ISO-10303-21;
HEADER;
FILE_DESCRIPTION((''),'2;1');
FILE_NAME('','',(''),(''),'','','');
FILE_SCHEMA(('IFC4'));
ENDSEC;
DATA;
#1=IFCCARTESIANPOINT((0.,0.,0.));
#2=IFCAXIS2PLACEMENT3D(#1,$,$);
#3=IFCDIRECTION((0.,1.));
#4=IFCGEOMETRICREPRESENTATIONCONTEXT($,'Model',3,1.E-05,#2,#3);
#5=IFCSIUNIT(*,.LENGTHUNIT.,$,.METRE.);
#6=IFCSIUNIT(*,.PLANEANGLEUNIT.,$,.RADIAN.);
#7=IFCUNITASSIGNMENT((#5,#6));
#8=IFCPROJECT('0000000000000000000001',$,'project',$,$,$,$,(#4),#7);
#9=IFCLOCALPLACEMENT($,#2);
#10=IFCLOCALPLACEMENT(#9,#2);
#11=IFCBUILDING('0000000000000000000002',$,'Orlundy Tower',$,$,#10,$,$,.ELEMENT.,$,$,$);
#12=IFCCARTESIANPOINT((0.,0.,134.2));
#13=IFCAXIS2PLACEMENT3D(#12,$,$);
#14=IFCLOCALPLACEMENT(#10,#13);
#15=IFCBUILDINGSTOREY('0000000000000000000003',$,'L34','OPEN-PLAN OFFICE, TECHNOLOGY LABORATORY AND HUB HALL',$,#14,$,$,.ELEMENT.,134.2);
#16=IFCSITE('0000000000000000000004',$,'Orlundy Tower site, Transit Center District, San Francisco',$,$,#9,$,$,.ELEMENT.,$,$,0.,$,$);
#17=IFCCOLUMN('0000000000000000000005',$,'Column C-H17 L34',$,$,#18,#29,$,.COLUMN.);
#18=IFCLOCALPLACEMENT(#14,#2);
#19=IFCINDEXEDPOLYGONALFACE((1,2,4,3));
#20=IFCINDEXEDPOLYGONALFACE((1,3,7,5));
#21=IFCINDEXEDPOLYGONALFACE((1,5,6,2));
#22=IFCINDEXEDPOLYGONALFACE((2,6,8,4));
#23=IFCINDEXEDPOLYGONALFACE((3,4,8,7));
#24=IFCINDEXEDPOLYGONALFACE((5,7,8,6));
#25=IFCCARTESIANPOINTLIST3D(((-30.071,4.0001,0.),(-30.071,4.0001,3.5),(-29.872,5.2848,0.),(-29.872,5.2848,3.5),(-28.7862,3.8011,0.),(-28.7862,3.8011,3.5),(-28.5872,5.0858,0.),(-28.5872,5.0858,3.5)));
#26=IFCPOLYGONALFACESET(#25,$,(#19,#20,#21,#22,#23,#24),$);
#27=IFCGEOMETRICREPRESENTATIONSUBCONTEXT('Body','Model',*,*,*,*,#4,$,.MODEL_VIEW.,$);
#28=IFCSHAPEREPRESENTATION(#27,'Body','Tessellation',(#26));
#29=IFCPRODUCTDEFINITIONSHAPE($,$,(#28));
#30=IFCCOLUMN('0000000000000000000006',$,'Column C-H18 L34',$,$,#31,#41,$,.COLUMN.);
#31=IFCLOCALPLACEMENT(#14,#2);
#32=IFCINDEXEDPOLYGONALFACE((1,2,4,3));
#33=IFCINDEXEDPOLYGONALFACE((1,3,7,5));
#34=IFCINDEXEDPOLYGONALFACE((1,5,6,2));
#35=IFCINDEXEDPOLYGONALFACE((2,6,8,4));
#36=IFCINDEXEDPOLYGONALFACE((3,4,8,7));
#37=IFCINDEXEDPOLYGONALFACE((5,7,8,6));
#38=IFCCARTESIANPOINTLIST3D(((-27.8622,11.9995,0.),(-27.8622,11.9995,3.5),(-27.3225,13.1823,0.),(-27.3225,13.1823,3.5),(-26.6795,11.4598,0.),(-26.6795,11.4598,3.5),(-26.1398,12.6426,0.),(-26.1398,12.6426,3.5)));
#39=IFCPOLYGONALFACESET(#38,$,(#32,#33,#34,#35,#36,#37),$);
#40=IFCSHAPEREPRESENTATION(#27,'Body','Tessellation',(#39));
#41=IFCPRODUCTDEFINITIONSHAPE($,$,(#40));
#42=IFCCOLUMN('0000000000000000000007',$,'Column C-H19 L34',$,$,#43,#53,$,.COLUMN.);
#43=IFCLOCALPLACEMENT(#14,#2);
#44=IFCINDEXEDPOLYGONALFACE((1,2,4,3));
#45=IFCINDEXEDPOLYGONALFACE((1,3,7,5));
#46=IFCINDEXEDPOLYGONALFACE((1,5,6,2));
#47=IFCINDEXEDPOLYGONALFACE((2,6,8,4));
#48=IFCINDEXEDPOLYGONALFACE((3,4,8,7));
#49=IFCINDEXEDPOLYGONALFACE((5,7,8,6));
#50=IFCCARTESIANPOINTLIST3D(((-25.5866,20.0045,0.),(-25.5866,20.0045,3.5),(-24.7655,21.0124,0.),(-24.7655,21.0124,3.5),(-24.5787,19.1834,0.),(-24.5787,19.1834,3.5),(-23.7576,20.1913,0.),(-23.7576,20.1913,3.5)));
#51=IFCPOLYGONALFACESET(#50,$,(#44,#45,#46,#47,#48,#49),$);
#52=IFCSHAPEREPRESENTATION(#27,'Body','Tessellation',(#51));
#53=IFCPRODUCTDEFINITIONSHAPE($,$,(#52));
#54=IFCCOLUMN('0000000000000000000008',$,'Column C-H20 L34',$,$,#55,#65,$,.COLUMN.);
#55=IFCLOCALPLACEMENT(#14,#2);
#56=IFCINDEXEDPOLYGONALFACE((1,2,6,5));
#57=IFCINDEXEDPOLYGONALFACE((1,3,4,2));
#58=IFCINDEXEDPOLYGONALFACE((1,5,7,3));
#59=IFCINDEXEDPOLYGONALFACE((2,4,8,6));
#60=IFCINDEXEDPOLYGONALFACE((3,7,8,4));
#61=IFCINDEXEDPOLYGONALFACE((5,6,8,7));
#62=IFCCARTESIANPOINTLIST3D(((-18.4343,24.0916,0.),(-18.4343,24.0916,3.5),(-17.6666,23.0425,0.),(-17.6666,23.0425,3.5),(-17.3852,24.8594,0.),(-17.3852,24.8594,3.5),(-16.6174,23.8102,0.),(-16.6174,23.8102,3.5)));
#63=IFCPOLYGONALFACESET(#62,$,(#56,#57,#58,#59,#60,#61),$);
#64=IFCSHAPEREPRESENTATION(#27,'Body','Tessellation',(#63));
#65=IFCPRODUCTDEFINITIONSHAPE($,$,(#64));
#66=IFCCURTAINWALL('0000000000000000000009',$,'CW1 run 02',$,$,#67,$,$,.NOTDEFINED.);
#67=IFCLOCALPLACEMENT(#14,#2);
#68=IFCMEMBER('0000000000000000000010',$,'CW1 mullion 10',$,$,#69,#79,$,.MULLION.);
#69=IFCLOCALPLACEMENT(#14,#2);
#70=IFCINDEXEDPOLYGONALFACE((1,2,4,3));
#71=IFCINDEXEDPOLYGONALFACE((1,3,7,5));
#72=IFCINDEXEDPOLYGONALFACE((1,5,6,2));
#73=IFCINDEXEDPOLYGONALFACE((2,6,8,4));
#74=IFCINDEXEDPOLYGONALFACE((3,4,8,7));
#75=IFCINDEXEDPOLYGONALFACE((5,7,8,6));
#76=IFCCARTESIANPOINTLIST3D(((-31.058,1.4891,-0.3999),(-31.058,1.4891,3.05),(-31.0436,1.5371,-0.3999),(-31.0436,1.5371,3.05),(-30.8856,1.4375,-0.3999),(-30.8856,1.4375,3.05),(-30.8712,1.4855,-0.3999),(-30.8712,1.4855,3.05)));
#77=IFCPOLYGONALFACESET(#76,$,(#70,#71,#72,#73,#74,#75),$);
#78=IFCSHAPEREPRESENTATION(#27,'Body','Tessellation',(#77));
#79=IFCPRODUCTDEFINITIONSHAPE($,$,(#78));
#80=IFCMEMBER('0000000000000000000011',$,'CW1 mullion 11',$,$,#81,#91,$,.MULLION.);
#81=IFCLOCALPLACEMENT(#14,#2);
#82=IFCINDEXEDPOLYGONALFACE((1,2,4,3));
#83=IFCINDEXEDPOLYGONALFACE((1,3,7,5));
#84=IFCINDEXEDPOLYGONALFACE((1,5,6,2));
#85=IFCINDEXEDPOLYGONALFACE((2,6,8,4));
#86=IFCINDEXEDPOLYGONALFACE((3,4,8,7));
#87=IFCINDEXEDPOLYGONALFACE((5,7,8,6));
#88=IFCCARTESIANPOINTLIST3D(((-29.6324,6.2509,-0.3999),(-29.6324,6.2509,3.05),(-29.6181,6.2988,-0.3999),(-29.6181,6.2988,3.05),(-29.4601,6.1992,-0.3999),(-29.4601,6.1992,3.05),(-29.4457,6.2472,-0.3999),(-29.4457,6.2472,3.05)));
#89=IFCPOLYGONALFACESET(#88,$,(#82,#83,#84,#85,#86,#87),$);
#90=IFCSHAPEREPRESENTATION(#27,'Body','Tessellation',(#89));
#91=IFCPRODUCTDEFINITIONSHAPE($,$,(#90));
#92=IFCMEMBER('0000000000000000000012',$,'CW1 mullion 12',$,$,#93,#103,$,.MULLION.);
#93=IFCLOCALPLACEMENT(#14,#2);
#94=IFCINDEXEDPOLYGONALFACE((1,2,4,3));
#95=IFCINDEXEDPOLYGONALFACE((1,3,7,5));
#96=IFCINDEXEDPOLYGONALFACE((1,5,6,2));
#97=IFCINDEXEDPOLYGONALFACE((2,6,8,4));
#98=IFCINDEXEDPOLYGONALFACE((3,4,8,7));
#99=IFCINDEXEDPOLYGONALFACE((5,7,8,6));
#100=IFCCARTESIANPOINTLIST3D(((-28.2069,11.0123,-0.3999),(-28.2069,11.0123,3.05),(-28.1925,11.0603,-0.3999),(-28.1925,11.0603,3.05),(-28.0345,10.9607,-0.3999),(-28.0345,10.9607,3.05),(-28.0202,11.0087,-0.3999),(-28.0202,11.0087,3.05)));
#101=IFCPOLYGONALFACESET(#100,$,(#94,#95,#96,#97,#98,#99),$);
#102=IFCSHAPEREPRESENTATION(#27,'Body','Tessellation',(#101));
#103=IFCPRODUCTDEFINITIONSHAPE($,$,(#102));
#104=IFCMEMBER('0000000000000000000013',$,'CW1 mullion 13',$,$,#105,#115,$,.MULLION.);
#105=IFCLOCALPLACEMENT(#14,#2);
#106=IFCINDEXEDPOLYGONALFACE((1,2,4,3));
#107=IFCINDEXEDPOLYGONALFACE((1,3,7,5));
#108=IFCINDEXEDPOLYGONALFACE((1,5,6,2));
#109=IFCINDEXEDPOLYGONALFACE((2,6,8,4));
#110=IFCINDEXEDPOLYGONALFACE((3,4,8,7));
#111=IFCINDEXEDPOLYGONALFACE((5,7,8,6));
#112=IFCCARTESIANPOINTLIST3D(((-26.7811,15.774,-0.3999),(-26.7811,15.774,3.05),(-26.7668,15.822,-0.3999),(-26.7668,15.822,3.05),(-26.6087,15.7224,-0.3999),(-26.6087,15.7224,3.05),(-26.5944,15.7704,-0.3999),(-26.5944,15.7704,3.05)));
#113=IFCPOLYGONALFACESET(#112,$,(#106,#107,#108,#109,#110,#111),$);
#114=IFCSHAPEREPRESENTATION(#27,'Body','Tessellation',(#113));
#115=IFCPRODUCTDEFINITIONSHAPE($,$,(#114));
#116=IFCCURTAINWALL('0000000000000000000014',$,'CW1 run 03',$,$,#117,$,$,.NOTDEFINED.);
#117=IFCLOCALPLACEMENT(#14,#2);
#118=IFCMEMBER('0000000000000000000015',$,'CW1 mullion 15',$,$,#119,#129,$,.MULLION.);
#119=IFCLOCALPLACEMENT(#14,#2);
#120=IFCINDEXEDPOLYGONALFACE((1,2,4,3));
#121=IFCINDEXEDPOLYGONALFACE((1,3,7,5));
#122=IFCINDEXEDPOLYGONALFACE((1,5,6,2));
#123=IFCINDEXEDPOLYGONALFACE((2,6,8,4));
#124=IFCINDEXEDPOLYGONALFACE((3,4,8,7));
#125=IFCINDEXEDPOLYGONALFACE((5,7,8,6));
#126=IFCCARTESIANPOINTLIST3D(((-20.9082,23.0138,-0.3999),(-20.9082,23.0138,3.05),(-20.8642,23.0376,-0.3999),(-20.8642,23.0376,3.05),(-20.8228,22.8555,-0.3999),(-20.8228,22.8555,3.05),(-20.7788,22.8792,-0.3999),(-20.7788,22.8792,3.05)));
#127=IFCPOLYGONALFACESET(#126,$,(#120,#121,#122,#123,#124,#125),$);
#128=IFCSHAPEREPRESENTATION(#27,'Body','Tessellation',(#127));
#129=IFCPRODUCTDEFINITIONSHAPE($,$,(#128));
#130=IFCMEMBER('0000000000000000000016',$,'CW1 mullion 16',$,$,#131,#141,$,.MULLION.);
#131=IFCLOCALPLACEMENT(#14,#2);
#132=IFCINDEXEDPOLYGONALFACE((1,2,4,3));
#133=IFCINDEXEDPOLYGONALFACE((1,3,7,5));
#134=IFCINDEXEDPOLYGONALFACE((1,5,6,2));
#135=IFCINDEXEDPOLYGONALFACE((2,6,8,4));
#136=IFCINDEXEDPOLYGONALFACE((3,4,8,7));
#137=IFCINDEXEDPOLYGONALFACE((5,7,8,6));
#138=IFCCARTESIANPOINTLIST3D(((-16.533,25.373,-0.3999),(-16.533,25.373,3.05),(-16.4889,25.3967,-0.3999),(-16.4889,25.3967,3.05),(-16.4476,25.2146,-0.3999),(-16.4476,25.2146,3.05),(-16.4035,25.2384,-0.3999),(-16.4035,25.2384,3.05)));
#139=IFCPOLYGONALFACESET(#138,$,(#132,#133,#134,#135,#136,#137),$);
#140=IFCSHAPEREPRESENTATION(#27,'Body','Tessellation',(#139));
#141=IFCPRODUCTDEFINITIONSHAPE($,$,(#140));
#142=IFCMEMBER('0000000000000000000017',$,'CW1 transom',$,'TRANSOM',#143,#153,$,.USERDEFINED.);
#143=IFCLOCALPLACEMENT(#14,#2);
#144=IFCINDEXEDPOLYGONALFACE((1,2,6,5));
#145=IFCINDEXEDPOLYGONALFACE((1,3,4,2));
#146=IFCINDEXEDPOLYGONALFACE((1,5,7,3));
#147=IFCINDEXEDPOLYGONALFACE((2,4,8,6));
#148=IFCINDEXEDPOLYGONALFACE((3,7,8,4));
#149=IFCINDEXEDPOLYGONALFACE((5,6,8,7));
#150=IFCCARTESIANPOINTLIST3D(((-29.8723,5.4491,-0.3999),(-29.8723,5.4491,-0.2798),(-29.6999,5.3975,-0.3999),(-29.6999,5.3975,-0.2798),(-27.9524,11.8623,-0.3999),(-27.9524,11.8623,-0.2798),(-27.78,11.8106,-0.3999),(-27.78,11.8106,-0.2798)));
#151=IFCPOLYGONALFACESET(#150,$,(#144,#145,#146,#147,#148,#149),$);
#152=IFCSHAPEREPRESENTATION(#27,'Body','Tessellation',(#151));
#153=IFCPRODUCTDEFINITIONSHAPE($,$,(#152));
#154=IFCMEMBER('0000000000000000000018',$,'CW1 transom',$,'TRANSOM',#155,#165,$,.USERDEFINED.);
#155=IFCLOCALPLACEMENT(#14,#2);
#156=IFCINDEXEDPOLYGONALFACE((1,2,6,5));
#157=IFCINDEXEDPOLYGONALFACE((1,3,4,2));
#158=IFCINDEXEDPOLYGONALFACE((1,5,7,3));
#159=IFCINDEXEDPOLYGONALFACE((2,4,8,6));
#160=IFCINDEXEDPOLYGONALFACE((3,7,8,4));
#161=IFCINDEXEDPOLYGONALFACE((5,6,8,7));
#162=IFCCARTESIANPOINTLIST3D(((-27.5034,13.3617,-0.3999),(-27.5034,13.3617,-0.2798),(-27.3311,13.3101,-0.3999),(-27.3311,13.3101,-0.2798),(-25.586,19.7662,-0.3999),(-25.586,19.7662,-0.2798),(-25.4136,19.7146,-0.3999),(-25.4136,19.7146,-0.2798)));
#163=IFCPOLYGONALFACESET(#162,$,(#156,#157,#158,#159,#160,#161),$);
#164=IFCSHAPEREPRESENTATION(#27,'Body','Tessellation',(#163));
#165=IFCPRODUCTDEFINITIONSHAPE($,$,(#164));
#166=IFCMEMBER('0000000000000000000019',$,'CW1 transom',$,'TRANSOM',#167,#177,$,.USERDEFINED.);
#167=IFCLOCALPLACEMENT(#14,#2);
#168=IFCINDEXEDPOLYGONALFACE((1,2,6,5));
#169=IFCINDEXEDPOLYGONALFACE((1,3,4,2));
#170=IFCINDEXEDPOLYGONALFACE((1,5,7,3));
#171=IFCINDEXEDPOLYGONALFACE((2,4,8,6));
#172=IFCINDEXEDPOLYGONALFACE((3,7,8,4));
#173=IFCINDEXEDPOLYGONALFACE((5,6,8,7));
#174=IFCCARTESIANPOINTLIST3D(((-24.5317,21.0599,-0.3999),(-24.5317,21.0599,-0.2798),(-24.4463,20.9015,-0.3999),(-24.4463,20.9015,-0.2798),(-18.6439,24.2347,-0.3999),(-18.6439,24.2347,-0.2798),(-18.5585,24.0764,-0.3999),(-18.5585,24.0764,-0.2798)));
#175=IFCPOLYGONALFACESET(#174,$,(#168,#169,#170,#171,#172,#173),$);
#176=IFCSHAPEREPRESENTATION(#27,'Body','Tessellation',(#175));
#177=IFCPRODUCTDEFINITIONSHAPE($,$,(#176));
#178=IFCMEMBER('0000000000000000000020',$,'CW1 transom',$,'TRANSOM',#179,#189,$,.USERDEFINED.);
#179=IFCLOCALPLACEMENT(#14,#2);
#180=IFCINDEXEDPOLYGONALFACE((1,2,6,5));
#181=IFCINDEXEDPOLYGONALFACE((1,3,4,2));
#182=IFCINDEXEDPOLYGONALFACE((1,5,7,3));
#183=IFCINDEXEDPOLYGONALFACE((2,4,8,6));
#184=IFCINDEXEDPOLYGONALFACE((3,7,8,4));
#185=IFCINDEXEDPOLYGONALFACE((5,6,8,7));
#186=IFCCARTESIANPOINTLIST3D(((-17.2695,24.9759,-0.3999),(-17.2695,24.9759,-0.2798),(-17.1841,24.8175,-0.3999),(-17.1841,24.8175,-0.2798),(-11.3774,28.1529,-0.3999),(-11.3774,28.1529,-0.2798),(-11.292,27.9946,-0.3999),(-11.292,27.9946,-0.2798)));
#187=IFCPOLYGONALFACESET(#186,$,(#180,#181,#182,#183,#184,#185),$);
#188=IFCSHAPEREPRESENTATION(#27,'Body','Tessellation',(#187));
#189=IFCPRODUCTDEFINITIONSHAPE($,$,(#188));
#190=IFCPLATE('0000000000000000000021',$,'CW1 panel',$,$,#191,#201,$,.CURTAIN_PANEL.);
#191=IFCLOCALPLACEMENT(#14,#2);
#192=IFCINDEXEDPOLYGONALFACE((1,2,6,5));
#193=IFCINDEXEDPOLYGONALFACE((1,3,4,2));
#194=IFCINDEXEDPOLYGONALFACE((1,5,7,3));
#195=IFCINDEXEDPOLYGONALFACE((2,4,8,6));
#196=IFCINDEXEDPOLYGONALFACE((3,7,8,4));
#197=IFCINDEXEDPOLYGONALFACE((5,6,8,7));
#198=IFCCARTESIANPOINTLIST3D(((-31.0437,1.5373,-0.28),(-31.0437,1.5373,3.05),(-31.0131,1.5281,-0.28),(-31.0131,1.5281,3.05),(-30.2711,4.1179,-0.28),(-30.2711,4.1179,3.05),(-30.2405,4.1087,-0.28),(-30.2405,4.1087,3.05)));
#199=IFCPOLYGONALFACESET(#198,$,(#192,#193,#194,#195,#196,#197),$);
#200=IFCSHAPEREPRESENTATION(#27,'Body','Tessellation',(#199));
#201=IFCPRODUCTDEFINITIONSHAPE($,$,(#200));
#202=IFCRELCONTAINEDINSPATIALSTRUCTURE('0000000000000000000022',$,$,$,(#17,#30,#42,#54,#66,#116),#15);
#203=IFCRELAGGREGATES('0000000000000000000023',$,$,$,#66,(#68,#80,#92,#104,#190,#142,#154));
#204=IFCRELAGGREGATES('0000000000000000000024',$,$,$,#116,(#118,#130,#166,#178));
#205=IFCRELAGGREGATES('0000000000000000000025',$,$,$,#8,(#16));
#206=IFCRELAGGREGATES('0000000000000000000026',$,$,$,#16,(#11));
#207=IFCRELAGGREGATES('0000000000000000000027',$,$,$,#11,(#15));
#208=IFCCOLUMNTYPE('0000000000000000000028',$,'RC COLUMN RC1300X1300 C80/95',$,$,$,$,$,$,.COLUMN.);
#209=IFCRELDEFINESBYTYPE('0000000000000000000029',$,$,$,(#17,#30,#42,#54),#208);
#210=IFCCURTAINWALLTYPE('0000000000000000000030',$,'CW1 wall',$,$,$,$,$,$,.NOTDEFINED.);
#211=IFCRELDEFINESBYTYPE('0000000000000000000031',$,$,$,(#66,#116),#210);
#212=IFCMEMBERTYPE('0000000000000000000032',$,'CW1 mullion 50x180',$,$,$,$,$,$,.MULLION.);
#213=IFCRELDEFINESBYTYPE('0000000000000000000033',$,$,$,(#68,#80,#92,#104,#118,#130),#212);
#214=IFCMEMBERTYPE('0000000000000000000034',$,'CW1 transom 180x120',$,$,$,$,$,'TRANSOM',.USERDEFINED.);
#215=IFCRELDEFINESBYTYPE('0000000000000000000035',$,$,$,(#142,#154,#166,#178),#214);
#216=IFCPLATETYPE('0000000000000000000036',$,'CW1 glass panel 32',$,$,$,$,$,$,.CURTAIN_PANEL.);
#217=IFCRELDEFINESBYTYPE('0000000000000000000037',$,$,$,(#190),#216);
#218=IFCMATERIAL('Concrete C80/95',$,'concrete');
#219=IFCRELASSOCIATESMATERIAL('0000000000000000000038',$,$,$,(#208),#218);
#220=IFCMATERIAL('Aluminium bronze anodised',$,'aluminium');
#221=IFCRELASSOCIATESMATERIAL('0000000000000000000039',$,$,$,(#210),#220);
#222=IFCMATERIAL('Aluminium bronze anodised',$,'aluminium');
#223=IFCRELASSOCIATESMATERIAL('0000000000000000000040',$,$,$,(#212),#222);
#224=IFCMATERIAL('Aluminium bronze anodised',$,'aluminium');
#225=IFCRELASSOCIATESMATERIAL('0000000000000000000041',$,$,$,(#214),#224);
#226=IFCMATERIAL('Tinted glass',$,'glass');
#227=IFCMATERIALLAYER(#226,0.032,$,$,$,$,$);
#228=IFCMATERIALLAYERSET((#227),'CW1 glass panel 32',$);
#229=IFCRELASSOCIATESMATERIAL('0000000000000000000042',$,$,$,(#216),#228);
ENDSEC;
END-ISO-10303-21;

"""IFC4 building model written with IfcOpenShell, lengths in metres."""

from ifc_helpers import new_model, si_unit, direction, frame, origin, origin_2d, place, context, subcontext, project, spatial, rectangle, extrude, material, layer, layer_set, material_profile, profile_set, type_object, element, aggregate, save


model = new_model("IFC4")

# Units and contexts
model_context = context("Model", 3, precision=1e-05, world=origin(), true_north=direction((0.0, 1.0)))
body_context = subcontext(model_context, "Body", "Model", "MODEL_VIEW")
ifc_project = project(units=[si_unit("LENGTHUNIT", "METRE"), si_unit("PLANEANGLEUNIT", "RADIAN")], contexts=[model_context])

# Site, building, storey
site_placement = place(None, origin())
site = spatial("IfcSite", under=ifc_project, at=site_placement, Name="Orlundy Tower site, Transit Center District, San Francisco", CompositionType="ELEMENT", RefElevation=0.0)
building_placement = place(site_placement, origin())
building = spatial("IfcBuilding", under=site, at=building_placement, Name="Orlundy Tower", CompositionType="ELEMENT")
storey_placement = place(building_placement, frame((0.0, 0.0, 134.2)))
storey = spatial("IfcBuildingStorey", under=building, at=storey_placement, Name="L34", Description="OPEN-PLAN OFFICE, TECHNOLOGY LABORATORY AND HUB HALL", CompositionType="ELEMENT", Elevation=134.2)

# Columns
ifc_material_1 = material(Name="Concrete C80/95", Category="concrete")
ifc_material_profile_1 = material_profile(ifc_material_1, rectangle(XDim=1.3, YDim=1.3, at=origin_2d()), Name="RC1300X1300")
ifc_profile_set_1 = profile_set([ifc_material_profile_1], Name="Concrete C80/95")
column_type = type_object("IfcColumnType", Name="RC COLUMN RC1300X1300 C80/95", PredefinedType="COLUMN", material=ifc_profile_set_1)
for number, where, z_axis, x_axis, name in (
    (1, (-29.3291, 4.543, 0.0), (0.0, 0.0, 1.0), (-0.988215, 0.153072, 0.0), "Column C-H17 L34"),
    (2, (-27.001, 12.321, 0.0), (0.0, 0.0, 1.0), (-0.909759, 0.415138, 0.0), "Column C-H18 L34"),
    (3, (-24.6721, 20.0979, 0.0), (0.0, 0.0, 1.0), (-0.775308, 0.631583, 0.0), "Column C-H19 L34"),
    (4, (-17.5259, 23.9509, 0.0), (0.0, 0.0, 1.0), (-0.590535, 0.807012, 0.0), "Column C-H20 L34"),
):
    element("IfcColumn", number, at=place(storey_placement, frame(where, z_axis=z_axis, x_axis=x_axis)), inside=storey, type_object=column_type, Name=name, PredefinedType="COLUMN", context=body_context, shape_type="SweptSolid", body=[
        extrude(rectangle(XDim=1.3, YDim=1.3, at=origin_2d()), origin(), (0.0, 0.0, 1.0), 3.5),
    ])

# Curtain walls, members
ifc_material_2 = material(Name="Aluminium bronze anodised", Category="aluminium")
curtain_wall_type = type_object("IfcCurtainWallType", Name="CW1 wall", PredefinedType="NOTDEFINED", material=ifc_material_2)
curtain_wall_1_placement = place(storey_placement, origin())
curtain_wall_1 = element("IfcCurtainWall", 5, at=curtain_wall_1_placement, inside=storey, type_object=curtain_wall_type, Name="CW1 run 02", PredefinedType="NOTDEFINED")
ifc_material_3 = material(Name="Aluminium bronze anodised", Category="aluminium")
ifc_material_profile_2 = material_profile(ifc_material_3, rectangle(XDim=0.1799, YDim=0.05, at=origin_2d()), Name="CW1 mullion 50x180")
ifc_profile_set_2 = profile_set([ifc_material_profile_2], Name="Aluminium bronze anodised")
member_type_1 = type_object("IfcMemberType", Name="CW1 mullion 50x180", PredefinedType="MULLION", material=ifc_profile_set_2)
member_1_placement = place(storey_placement, frame((-30.9646, 1.4873, -0.3999), z_axis=(0.0, 0.0, 1.0), x_axis=(-0.957986, 0.286816, 0.0)))
member_1 = element("IfcMember", 6, at=member_1_placement, type_object=member_type_1, Name="CW1 mullion 10", PredefinedType="MULLION", context=body_context, shape_type="SweptSolid", body=[
    extrude(rectangle(XDim=0.1799, YDim=0.05, at=origin_2d()), origin(), (0.0, 0.0, 1.0), 3.45),
])
member_2_placement = place(storey_placement, frame((-29.5391, 6.249, -0.3999), z_axis=(0.0, 0.0, 1.0), x_axis=(-0.957986, 0.286816, 0.0)))
member_2 = element("IfcMember", 7, at=member_2_placement, type_object=member_type_1, Name="CW1 mullion 11", PredefinedType="MULLION", context=body_context, shape_type="SweptSolid", body=[
    extrude(rectangle(XDim=0.1799, YDim=0.05, at=origin_2d()), origin(), (0.0, 0.0, 1.0), 3.45),
])
member_3_placement = place(storey_placement, frame((-28.1135, 11.0105, -0.3999), z_axis=(0.0, 0.0, 1.0), x_axis=(-0.957986, 0.286816, 0.0)))
member_3 = element("IfcMember", 8, at=member_3_placement, type_object=member_type_1, Name="CW1 mullion 12", PredefinedType="MULLION", context=body_context, shape_type="SweptSolid", body=[
    extrude(rectangle(XDim=0.1799, YDim=0.05, at=origin_2d()), origin(), (0.0, 0.0, 1.0), 3.45),
])
member_4_placement = place(storey_placement, frame((-26.6877, 15.7722, -0.3999), z_axis=(0.0, 0.0, 1.0), x_axis=(-0.957986, 0.286816, 0.0)))
member_4 = element("IfcMember", 9, at=member_4_placement, type_object=member_type_1, Name="CW1 mullion 13", PredefinedType="MULLION", context=body_context, shape_type="SweptSolid", body=[
    extrude(rectangle(XDim=0.1799, YDim=0.05, at=origin_2d()), origin(), (0.0, 0.0, 1.0), 3.45),
])
curtain_wall_2_placement = place(storey_placement, origin())
curtain_wall_2 = element("IfcCurtainWall", 10, at=curtain_wall_2_placement, inside=storey, type_object=curtain_wall_type, Name="CW1 run 03", PredefinedType="NOTDEFINED")
member_5_placement = place(storey_placement, frame((-20.8435, 22.9465, -0.3999), z_axis=(0.0, 0.0, 1.0), x_axis=(-0.474618, 0.880192, 0.0)))
member_5 = element("IfcMember", 11, at=member_5_placement, type_object=member_type_1, Name="CW1 mullion 15", PredefinedType="MULLION", context=body_context, shape_type="SweptSolid", body=[
    extrude(rectangle(XDim=0.1799, YDim=0.05, at=origin_2d()), origin(), (0.0, 0.0, 1.0), 3.45),
])
member_6_placement = place(storey_placement, frame((-16.4683, 25.3057, -0.3999), z_axis=(0.0, 0.0, 1.0), x_axis=(-0.474618, 0.880192, 0.0)))
member_6 = element("IfcMember", 12, at=member_6_placement, type_object=member_type_1, Name="CW1 mullion 16", PredefinedType="MULLION", context=body_context, shape_type="SweptSolid", body=[
    extrude(rectangle(XDim=0.1799, YDim=0.05, at=origin_2d()), origin(), (0.0, 0.0, 1.0), 3.45),
])

# Members
ifc_material_4 = material(Name="Aluminium bronze anodised", Category="aluminium")
ifc_material_profile_3 = material_profile(ifc_material_4, rectangle(XDim=0.1799, YDim=0.1201, at=origin_2d()), Name="CW1 transom 180x120")
ifc_profile_set_3 = profile_set([ifc_material_profile_3], Name="Aluminium bronze anodised")
member_type_2 = type_object("IfcMemberType", Name="CW1 transom 180x120", ElementType="TRANSOM", PredefinedType="USERDEFINED", material=ifc_profile_set_3)
member_7_placement = place(storey_placement, frame((-29.7861, 5.4233, -0.3398), z_axis=(0.286799, 0.957991, 0.0), x_axis=(-0.957991, 0.286799, 0.0)))
member_7 = element("IfcMember", 13, at=member_7_placement, type_object=member_type_2, Name="CW1 transom", ObjectType="TRANSOM", PredefinedType="USERDEFINED", context=body_context, shape_type="SweptSolid", body=[
    extrude(rectangle(XDim=0.1799, YDim=0.1201, at=origin_2d()), origin(), (0.0, 0.0, 1.0), 6.6943),
])
member_8_placement = place(storey_placement, frame((-27.4172, 13.3359, -0.3398), z_axis=(0.286815, 0.957986, 0.0), x_axis=(-0.957986, 0.286815, 0.0)))
member_8 = element("IfcMember", 14, at=member_8_placement, type_object=member_type_2, Name="CW1 transom", ObjectType="TRANSOM", PredefinedType="USERDEFINED", context=body_context, shape_type="SweptSolid", body=[
    extrude(rectangle(XDim=0.1799, YDim=0.1201, at=origin_2d()), origin(), (0.0, 0.0, 1.0), 6.6853),
])
member_9_placement = place(storey_placement, frame((-24.489, 20.9807, -0.3398), z_axis=(0.88019, 0.474622, 0.0), x_axis=(-0.474622, 0.88019, 0.0)))
member_9 = element("IfcMember", 15, at=member_9_placement, type_object=member_type_2, Name="CW1 transom", ObjectType="TRANSOM", PredefinedType="USERDEFINED", context=body_context, shape_type="SweptSolid", body=[
    extrude(rectangle(XDim=0.1799, YDim=0.1201, at=origin_2d()), origin(), (0.0, 0.0, 1.0), 6.6892),
])
member_10_placement = place(storey_placement, frame((-17.2268, 24.8967, -0.3398), z_axis=(0.8802, 0.474602, 0.0), x_axis=(-0.474602, 0.8802, 0.0)))
member_10 = element("IfcMember", 16, at=member_10_placement, type_object=member_type_2, Name="CW1 transom", ObjectType="TRANSOM", PredefinedType="USERDEFINED", context=body_context, shape_type="SweptSolid", body=[
    extrude(rectangle(XDim=0.1799, YDim=0.1201, at=origin_2d()), origin(), (0.0, 0.0, 1.0), 6.6941),
])

# Plate
ifc_material_5 = material(Name="Tinted glass", Category="glass")
ifc_layer_1 = layer(ifc_material_5, 0.032)
ifc_layer_set_1 = layer_set([ifc_layer_1], Name="CW1 glass panel 32")
plate_type = type_object("IfcPlateType", Name="CW1 glass panel 32", PredefinedType="CURTAIN_PANEL", material=ifc_layer_set_1)
plate_1_placement = place(storey_placement, frame((-30.6421, 2.823, -0.28), z_axis=(0.0, 0.0, 1.0), x_axis=(0.286816, 0.957986, 0.0)))
plate_1 = element("IfcPlate", 17, at=plate_1_placement, type_object=plate_type, Name="CW1 panel", PredefinedType="CURTAIN_PANEL", context=body_context, shape_type="SweptSolid", body=[
    extrude(rectangle(XDim=2.6938, YDim=0.032, at=origin_2d()), origin(), (0.0, 0.0, 1.0), 3.3301),
])
aggregate(curtain_wall_1, [member_1, member_2, member_3, member_4, plate_1, member_7, member_8])
aggregate(curtain_wall_2, [member_5, member_6, member_9, member_10])

save(model, "model.ifc")
